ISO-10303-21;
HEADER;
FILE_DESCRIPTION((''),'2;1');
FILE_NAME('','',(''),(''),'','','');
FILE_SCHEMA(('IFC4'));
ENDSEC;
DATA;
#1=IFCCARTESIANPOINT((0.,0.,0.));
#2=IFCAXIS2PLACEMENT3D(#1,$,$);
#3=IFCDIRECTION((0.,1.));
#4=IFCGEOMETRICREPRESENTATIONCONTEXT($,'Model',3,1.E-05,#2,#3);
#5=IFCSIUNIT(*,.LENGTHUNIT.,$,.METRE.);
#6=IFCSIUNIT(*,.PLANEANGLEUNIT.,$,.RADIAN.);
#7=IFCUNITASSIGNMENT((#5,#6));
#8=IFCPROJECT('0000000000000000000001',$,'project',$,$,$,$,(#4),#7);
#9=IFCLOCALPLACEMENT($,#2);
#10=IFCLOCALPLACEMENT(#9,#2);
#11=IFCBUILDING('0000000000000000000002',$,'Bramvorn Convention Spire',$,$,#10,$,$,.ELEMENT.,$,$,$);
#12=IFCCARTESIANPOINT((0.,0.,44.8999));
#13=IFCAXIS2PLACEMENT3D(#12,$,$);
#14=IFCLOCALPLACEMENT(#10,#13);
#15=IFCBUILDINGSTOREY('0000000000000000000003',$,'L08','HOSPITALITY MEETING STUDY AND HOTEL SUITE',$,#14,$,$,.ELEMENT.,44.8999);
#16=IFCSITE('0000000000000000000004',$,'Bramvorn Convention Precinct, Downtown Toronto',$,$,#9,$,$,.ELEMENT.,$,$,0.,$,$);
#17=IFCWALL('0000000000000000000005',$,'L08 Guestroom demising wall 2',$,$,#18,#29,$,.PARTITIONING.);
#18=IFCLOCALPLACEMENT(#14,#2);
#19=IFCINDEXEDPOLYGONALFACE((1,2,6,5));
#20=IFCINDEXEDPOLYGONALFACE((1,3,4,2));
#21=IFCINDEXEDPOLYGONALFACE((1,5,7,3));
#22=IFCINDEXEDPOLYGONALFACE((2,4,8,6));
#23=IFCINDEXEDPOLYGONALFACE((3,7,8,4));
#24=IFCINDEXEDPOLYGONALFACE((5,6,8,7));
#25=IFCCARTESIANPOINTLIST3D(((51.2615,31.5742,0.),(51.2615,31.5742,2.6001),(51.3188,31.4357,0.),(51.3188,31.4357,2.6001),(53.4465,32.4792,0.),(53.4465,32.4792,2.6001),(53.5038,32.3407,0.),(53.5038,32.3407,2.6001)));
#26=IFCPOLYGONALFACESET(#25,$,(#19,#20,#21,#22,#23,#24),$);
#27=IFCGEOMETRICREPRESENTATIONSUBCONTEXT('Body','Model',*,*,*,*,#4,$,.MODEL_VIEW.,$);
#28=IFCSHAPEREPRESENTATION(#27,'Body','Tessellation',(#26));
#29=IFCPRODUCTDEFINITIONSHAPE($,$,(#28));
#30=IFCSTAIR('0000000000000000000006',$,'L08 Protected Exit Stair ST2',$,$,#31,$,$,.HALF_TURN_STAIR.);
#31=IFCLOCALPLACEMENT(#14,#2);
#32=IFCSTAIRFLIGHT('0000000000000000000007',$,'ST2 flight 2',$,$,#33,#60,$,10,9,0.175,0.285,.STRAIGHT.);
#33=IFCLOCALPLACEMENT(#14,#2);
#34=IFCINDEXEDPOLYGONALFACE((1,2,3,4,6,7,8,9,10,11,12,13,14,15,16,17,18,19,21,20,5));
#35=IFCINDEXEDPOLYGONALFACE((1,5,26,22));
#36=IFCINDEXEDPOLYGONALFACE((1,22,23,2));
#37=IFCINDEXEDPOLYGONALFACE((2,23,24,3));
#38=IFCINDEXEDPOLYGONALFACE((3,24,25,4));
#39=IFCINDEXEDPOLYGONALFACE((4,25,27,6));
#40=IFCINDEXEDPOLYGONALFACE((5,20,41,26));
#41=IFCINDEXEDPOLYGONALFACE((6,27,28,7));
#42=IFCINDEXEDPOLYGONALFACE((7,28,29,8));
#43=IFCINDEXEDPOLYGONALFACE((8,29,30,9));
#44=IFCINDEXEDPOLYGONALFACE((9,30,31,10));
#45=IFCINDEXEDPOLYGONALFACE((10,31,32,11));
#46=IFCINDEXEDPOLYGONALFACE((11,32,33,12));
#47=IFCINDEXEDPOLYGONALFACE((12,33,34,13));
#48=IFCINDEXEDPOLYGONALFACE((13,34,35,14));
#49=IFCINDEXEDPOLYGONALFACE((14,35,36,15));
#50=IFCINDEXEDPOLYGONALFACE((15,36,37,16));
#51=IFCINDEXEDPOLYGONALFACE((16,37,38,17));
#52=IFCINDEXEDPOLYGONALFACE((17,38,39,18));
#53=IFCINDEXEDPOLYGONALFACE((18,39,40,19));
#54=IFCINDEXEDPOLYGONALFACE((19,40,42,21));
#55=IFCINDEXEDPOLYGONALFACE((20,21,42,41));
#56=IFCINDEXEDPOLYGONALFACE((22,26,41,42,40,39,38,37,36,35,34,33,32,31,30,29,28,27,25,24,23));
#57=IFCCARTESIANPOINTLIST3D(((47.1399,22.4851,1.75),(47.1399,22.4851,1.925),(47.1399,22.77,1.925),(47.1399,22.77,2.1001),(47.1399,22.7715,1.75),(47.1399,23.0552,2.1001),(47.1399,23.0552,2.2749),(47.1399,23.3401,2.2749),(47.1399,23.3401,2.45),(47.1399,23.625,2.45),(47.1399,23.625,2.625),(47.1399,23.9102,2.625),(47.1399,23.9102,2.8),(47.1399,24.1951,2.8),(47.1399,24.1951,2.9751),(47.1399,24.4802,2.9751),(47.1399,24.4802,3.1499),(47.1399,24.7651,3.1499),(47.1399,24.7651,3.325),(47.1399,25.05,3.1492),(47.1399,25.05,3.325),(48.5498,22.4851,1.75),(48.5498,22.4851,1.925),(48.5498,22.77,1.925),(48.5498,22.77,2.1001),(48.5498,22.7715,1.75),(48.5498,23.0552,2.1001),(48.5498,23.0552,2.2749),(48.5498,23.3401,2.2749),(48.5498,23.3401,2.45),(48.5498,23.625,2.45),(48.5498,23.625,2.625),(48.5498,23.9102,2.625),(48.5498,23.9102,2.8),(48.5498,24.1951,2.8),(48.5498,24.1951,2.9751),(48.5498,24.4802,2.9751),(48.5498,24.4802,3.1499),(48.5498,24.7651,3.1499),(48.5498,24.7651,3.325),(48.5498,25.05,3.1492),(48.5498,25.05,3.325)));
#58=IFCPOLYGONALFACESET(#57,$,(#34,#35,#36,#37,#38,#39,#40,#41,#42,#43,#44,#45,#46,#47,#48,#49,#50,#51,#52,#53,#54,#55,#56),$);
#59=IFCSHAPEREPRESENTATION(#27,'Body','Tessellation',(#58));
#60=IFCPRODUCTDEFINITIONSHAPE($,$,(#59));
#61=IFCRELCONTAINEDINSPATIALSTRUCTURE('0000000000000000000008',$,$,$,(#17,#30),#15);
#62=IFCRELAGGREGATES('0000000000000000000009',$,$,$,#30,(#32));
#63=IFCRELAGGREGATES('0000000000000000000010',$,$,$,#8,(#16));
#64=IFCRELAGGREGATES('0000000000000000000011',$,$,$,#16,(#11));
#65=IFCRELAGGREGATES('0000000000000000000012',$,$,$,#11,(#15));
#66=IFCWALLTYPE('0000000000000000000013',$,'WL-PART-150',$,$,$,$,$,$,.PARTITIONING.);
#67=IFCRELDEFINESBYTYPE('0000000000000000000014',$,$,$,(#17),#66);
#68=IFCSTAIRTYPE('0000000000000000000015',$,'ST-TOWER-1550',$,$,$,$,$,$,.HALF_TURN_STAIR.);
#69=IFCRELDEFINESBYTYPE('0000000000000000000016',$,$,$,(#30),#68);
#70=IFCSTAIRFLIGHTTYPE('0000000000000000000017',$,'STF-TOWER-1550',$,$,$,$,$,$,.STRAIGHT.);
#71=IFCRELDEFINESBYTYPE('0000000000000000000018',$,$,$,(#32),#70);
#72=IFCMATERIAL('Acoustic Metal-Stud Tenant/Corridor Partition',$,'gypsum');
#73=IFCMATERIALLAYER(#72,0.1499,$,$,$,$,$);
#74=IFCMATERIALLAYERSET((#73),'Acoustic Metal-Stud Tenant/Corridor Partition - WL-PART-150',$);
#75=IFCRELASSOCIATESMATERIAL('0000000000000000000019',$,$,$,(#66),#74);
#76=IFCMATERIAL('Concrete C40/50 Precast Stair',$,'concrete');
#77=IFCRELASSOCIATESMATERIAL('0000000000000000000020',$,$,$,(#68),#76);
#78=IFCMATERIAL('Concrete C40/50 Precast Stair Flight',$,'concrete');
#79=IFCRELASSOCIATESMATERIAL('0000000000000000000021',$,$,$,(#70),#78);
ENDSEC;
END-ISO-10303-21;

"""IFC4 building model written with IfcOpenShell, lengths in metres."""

from ifc_helpers import new_model, si_unit, direction, frame, frame_2d, origin, place, context, subcontext, project, spatial, polyline, rectangle, outline, extrude, material, layer, layer_set, type_object, element, aggregate, save


model = new_model("IFC4")

# Units and contexts
model_context = context("Model", 3, precision=1e-05, world=origin(), true_north=direction((0.0, 1.0)))
body_context = subcontext(model_context, "Body", "Model", "MODEL_VIEW")
ifc_project = project(units=[si_unit("LENGTHUNIT", "METRE"), si_unit("PLANEANGLEUNIT", "RADIAN")], contexts=[model_context])

# Site, building, storey
site_placement = place(None, origin())
site = spatial("IfcSite", under=ifc_project, at=site_placement, Name="Bramvorn Convention Precinct, Downtown Toronto", CompositionType="ELEMENT", RefElevation=0.0)
building_placement = place(site_placement, origin())
building = spatial("IfcBuilding", under=site, at=building_placement, Name="Bramvorn Convention Spire", CompositionType="ELEMENT")
storey_placement = place(building_placement, frame((0.0, 0.0, 44.8999)))
storey = spatial("IfcBuildingStorey", under=building, at=storey_placement, Name="L08", Description="HOSPITALITY MEETING STUDY AND HOTEL SUITE", CompositionType="ELEMENT", Elevation=44.8999)

# Wall
ifc_material_1 = material(Name="Acoustic Metal-Stud Tenant/Corridor Partition", Category="gypsum")
ifc_layer_1 = layer(ifc_material_1, 0.1499)
ifc_layer_set_1 = layer_set([ifc_layer_1], Name="Acoustic Metal-Stud Tenant/Corridor Partition - WL-PART-150")
wall_type_1 = type_object("IfcWallType", Name="WL-PART-150", PredefinedType="PARTITIONING", material=ifc_layer_set_1)
wall_1_placement = place(storey_placement, frame((51.29, 31.5049, 0.0), z_axis=(0.0, 0.0, 1.0), x_axis=(0.923887, 0.382665, 0.0)))
element("IfcWall", 1, at=wall_1_placement, inside=storey, type_object=wall_type_1, Name="L08 Guestroom demising wall 2", PredefinedType="PARTITIONING", context=body_context, shape_type="SweptSolid", body=[
    extrude(rectangle(XDim=2.365, YDim=0.1499, at=frame_2d((1.1826, 0.0))), origin(), (0.0, 0.0, 1.0), 2.6001),
])

# Stair, stair flight
ifc_material_2 = material(Name="Concrete C40/50 Precast Stair", Category="concrete")
stair_type = type_object("IfcStairType", Name="ST-TOWER-1550", PredefinedType="HALF_TURN_STAIR", material=ifc_material_2)
stair_placement = place(storey_placement, origin())
stair = element("IfcStair", 2, at=stair_placement, inside=storey, type_object=stair_type, Name="L08 Protected Exit Stair ST2", PredefinedType="HALF_TURN_STAIR")
ifc_material_3 = material(Name="Concrete C40/50 Precast Stair Flight", Category="concrete")
stair_flight_type = type_object("IfcStairFlightType", Name="STF-TOWER-1550", PredefinedType="STRAIGHT", material=ifc_material_3)
stair_flight_placement = place(storey_placement, frame((47.845, 22.4851, 1.75), z_axis=(0.0, 0.0, 1.0), x_axis=(0.0, 1.0, 0.0)))
stair_flight = element("IfcStairFlight", 3, at=stair_flight_placement, type_object=stair_flight_type, Name="ST2 flight 2", NumberOfRisers=10, NumberOfTreads=9, PredefinedType="STRAIGHT", RiserHeight=0.175, TreadLength=0.285, context=body_context, shape_type="SweptSolid", body=[
    extrude(outline(polyline([(0.0, 0.0), (0.0, 0.175), (0.2849, 0.175), (0.2849, 0.3501), (0.5701, 0.3501), (0.5701, 0.5249), (0.855, 0.5249), (0.855, 0.7), (1.1399, 0.7), (1.1399, 0.875), (1.425, 0.875), (1.425, 1.05), (1.71, 1.05), (1.71, 1.2251), (1.9951, 1.2251), (1.9951, 1.3999), (2.28, 1.3999), (2.28, 1.575), (2.5649, 1.575), (2.5649, 1.75), (2.5649, 1.3992), (0.2864, 0.0), (0.0, 0.0)])), frame((0.0, 0.7051, 0.0), z_axis=(0.0, -1.0, 0.0), x_axis=(1.0, 0.0, 0.0)), (0.0, 0.0, 1.0), 1.4099),
])
aggregate(stair, [stair_flight])

save(model, "model.ifc")
